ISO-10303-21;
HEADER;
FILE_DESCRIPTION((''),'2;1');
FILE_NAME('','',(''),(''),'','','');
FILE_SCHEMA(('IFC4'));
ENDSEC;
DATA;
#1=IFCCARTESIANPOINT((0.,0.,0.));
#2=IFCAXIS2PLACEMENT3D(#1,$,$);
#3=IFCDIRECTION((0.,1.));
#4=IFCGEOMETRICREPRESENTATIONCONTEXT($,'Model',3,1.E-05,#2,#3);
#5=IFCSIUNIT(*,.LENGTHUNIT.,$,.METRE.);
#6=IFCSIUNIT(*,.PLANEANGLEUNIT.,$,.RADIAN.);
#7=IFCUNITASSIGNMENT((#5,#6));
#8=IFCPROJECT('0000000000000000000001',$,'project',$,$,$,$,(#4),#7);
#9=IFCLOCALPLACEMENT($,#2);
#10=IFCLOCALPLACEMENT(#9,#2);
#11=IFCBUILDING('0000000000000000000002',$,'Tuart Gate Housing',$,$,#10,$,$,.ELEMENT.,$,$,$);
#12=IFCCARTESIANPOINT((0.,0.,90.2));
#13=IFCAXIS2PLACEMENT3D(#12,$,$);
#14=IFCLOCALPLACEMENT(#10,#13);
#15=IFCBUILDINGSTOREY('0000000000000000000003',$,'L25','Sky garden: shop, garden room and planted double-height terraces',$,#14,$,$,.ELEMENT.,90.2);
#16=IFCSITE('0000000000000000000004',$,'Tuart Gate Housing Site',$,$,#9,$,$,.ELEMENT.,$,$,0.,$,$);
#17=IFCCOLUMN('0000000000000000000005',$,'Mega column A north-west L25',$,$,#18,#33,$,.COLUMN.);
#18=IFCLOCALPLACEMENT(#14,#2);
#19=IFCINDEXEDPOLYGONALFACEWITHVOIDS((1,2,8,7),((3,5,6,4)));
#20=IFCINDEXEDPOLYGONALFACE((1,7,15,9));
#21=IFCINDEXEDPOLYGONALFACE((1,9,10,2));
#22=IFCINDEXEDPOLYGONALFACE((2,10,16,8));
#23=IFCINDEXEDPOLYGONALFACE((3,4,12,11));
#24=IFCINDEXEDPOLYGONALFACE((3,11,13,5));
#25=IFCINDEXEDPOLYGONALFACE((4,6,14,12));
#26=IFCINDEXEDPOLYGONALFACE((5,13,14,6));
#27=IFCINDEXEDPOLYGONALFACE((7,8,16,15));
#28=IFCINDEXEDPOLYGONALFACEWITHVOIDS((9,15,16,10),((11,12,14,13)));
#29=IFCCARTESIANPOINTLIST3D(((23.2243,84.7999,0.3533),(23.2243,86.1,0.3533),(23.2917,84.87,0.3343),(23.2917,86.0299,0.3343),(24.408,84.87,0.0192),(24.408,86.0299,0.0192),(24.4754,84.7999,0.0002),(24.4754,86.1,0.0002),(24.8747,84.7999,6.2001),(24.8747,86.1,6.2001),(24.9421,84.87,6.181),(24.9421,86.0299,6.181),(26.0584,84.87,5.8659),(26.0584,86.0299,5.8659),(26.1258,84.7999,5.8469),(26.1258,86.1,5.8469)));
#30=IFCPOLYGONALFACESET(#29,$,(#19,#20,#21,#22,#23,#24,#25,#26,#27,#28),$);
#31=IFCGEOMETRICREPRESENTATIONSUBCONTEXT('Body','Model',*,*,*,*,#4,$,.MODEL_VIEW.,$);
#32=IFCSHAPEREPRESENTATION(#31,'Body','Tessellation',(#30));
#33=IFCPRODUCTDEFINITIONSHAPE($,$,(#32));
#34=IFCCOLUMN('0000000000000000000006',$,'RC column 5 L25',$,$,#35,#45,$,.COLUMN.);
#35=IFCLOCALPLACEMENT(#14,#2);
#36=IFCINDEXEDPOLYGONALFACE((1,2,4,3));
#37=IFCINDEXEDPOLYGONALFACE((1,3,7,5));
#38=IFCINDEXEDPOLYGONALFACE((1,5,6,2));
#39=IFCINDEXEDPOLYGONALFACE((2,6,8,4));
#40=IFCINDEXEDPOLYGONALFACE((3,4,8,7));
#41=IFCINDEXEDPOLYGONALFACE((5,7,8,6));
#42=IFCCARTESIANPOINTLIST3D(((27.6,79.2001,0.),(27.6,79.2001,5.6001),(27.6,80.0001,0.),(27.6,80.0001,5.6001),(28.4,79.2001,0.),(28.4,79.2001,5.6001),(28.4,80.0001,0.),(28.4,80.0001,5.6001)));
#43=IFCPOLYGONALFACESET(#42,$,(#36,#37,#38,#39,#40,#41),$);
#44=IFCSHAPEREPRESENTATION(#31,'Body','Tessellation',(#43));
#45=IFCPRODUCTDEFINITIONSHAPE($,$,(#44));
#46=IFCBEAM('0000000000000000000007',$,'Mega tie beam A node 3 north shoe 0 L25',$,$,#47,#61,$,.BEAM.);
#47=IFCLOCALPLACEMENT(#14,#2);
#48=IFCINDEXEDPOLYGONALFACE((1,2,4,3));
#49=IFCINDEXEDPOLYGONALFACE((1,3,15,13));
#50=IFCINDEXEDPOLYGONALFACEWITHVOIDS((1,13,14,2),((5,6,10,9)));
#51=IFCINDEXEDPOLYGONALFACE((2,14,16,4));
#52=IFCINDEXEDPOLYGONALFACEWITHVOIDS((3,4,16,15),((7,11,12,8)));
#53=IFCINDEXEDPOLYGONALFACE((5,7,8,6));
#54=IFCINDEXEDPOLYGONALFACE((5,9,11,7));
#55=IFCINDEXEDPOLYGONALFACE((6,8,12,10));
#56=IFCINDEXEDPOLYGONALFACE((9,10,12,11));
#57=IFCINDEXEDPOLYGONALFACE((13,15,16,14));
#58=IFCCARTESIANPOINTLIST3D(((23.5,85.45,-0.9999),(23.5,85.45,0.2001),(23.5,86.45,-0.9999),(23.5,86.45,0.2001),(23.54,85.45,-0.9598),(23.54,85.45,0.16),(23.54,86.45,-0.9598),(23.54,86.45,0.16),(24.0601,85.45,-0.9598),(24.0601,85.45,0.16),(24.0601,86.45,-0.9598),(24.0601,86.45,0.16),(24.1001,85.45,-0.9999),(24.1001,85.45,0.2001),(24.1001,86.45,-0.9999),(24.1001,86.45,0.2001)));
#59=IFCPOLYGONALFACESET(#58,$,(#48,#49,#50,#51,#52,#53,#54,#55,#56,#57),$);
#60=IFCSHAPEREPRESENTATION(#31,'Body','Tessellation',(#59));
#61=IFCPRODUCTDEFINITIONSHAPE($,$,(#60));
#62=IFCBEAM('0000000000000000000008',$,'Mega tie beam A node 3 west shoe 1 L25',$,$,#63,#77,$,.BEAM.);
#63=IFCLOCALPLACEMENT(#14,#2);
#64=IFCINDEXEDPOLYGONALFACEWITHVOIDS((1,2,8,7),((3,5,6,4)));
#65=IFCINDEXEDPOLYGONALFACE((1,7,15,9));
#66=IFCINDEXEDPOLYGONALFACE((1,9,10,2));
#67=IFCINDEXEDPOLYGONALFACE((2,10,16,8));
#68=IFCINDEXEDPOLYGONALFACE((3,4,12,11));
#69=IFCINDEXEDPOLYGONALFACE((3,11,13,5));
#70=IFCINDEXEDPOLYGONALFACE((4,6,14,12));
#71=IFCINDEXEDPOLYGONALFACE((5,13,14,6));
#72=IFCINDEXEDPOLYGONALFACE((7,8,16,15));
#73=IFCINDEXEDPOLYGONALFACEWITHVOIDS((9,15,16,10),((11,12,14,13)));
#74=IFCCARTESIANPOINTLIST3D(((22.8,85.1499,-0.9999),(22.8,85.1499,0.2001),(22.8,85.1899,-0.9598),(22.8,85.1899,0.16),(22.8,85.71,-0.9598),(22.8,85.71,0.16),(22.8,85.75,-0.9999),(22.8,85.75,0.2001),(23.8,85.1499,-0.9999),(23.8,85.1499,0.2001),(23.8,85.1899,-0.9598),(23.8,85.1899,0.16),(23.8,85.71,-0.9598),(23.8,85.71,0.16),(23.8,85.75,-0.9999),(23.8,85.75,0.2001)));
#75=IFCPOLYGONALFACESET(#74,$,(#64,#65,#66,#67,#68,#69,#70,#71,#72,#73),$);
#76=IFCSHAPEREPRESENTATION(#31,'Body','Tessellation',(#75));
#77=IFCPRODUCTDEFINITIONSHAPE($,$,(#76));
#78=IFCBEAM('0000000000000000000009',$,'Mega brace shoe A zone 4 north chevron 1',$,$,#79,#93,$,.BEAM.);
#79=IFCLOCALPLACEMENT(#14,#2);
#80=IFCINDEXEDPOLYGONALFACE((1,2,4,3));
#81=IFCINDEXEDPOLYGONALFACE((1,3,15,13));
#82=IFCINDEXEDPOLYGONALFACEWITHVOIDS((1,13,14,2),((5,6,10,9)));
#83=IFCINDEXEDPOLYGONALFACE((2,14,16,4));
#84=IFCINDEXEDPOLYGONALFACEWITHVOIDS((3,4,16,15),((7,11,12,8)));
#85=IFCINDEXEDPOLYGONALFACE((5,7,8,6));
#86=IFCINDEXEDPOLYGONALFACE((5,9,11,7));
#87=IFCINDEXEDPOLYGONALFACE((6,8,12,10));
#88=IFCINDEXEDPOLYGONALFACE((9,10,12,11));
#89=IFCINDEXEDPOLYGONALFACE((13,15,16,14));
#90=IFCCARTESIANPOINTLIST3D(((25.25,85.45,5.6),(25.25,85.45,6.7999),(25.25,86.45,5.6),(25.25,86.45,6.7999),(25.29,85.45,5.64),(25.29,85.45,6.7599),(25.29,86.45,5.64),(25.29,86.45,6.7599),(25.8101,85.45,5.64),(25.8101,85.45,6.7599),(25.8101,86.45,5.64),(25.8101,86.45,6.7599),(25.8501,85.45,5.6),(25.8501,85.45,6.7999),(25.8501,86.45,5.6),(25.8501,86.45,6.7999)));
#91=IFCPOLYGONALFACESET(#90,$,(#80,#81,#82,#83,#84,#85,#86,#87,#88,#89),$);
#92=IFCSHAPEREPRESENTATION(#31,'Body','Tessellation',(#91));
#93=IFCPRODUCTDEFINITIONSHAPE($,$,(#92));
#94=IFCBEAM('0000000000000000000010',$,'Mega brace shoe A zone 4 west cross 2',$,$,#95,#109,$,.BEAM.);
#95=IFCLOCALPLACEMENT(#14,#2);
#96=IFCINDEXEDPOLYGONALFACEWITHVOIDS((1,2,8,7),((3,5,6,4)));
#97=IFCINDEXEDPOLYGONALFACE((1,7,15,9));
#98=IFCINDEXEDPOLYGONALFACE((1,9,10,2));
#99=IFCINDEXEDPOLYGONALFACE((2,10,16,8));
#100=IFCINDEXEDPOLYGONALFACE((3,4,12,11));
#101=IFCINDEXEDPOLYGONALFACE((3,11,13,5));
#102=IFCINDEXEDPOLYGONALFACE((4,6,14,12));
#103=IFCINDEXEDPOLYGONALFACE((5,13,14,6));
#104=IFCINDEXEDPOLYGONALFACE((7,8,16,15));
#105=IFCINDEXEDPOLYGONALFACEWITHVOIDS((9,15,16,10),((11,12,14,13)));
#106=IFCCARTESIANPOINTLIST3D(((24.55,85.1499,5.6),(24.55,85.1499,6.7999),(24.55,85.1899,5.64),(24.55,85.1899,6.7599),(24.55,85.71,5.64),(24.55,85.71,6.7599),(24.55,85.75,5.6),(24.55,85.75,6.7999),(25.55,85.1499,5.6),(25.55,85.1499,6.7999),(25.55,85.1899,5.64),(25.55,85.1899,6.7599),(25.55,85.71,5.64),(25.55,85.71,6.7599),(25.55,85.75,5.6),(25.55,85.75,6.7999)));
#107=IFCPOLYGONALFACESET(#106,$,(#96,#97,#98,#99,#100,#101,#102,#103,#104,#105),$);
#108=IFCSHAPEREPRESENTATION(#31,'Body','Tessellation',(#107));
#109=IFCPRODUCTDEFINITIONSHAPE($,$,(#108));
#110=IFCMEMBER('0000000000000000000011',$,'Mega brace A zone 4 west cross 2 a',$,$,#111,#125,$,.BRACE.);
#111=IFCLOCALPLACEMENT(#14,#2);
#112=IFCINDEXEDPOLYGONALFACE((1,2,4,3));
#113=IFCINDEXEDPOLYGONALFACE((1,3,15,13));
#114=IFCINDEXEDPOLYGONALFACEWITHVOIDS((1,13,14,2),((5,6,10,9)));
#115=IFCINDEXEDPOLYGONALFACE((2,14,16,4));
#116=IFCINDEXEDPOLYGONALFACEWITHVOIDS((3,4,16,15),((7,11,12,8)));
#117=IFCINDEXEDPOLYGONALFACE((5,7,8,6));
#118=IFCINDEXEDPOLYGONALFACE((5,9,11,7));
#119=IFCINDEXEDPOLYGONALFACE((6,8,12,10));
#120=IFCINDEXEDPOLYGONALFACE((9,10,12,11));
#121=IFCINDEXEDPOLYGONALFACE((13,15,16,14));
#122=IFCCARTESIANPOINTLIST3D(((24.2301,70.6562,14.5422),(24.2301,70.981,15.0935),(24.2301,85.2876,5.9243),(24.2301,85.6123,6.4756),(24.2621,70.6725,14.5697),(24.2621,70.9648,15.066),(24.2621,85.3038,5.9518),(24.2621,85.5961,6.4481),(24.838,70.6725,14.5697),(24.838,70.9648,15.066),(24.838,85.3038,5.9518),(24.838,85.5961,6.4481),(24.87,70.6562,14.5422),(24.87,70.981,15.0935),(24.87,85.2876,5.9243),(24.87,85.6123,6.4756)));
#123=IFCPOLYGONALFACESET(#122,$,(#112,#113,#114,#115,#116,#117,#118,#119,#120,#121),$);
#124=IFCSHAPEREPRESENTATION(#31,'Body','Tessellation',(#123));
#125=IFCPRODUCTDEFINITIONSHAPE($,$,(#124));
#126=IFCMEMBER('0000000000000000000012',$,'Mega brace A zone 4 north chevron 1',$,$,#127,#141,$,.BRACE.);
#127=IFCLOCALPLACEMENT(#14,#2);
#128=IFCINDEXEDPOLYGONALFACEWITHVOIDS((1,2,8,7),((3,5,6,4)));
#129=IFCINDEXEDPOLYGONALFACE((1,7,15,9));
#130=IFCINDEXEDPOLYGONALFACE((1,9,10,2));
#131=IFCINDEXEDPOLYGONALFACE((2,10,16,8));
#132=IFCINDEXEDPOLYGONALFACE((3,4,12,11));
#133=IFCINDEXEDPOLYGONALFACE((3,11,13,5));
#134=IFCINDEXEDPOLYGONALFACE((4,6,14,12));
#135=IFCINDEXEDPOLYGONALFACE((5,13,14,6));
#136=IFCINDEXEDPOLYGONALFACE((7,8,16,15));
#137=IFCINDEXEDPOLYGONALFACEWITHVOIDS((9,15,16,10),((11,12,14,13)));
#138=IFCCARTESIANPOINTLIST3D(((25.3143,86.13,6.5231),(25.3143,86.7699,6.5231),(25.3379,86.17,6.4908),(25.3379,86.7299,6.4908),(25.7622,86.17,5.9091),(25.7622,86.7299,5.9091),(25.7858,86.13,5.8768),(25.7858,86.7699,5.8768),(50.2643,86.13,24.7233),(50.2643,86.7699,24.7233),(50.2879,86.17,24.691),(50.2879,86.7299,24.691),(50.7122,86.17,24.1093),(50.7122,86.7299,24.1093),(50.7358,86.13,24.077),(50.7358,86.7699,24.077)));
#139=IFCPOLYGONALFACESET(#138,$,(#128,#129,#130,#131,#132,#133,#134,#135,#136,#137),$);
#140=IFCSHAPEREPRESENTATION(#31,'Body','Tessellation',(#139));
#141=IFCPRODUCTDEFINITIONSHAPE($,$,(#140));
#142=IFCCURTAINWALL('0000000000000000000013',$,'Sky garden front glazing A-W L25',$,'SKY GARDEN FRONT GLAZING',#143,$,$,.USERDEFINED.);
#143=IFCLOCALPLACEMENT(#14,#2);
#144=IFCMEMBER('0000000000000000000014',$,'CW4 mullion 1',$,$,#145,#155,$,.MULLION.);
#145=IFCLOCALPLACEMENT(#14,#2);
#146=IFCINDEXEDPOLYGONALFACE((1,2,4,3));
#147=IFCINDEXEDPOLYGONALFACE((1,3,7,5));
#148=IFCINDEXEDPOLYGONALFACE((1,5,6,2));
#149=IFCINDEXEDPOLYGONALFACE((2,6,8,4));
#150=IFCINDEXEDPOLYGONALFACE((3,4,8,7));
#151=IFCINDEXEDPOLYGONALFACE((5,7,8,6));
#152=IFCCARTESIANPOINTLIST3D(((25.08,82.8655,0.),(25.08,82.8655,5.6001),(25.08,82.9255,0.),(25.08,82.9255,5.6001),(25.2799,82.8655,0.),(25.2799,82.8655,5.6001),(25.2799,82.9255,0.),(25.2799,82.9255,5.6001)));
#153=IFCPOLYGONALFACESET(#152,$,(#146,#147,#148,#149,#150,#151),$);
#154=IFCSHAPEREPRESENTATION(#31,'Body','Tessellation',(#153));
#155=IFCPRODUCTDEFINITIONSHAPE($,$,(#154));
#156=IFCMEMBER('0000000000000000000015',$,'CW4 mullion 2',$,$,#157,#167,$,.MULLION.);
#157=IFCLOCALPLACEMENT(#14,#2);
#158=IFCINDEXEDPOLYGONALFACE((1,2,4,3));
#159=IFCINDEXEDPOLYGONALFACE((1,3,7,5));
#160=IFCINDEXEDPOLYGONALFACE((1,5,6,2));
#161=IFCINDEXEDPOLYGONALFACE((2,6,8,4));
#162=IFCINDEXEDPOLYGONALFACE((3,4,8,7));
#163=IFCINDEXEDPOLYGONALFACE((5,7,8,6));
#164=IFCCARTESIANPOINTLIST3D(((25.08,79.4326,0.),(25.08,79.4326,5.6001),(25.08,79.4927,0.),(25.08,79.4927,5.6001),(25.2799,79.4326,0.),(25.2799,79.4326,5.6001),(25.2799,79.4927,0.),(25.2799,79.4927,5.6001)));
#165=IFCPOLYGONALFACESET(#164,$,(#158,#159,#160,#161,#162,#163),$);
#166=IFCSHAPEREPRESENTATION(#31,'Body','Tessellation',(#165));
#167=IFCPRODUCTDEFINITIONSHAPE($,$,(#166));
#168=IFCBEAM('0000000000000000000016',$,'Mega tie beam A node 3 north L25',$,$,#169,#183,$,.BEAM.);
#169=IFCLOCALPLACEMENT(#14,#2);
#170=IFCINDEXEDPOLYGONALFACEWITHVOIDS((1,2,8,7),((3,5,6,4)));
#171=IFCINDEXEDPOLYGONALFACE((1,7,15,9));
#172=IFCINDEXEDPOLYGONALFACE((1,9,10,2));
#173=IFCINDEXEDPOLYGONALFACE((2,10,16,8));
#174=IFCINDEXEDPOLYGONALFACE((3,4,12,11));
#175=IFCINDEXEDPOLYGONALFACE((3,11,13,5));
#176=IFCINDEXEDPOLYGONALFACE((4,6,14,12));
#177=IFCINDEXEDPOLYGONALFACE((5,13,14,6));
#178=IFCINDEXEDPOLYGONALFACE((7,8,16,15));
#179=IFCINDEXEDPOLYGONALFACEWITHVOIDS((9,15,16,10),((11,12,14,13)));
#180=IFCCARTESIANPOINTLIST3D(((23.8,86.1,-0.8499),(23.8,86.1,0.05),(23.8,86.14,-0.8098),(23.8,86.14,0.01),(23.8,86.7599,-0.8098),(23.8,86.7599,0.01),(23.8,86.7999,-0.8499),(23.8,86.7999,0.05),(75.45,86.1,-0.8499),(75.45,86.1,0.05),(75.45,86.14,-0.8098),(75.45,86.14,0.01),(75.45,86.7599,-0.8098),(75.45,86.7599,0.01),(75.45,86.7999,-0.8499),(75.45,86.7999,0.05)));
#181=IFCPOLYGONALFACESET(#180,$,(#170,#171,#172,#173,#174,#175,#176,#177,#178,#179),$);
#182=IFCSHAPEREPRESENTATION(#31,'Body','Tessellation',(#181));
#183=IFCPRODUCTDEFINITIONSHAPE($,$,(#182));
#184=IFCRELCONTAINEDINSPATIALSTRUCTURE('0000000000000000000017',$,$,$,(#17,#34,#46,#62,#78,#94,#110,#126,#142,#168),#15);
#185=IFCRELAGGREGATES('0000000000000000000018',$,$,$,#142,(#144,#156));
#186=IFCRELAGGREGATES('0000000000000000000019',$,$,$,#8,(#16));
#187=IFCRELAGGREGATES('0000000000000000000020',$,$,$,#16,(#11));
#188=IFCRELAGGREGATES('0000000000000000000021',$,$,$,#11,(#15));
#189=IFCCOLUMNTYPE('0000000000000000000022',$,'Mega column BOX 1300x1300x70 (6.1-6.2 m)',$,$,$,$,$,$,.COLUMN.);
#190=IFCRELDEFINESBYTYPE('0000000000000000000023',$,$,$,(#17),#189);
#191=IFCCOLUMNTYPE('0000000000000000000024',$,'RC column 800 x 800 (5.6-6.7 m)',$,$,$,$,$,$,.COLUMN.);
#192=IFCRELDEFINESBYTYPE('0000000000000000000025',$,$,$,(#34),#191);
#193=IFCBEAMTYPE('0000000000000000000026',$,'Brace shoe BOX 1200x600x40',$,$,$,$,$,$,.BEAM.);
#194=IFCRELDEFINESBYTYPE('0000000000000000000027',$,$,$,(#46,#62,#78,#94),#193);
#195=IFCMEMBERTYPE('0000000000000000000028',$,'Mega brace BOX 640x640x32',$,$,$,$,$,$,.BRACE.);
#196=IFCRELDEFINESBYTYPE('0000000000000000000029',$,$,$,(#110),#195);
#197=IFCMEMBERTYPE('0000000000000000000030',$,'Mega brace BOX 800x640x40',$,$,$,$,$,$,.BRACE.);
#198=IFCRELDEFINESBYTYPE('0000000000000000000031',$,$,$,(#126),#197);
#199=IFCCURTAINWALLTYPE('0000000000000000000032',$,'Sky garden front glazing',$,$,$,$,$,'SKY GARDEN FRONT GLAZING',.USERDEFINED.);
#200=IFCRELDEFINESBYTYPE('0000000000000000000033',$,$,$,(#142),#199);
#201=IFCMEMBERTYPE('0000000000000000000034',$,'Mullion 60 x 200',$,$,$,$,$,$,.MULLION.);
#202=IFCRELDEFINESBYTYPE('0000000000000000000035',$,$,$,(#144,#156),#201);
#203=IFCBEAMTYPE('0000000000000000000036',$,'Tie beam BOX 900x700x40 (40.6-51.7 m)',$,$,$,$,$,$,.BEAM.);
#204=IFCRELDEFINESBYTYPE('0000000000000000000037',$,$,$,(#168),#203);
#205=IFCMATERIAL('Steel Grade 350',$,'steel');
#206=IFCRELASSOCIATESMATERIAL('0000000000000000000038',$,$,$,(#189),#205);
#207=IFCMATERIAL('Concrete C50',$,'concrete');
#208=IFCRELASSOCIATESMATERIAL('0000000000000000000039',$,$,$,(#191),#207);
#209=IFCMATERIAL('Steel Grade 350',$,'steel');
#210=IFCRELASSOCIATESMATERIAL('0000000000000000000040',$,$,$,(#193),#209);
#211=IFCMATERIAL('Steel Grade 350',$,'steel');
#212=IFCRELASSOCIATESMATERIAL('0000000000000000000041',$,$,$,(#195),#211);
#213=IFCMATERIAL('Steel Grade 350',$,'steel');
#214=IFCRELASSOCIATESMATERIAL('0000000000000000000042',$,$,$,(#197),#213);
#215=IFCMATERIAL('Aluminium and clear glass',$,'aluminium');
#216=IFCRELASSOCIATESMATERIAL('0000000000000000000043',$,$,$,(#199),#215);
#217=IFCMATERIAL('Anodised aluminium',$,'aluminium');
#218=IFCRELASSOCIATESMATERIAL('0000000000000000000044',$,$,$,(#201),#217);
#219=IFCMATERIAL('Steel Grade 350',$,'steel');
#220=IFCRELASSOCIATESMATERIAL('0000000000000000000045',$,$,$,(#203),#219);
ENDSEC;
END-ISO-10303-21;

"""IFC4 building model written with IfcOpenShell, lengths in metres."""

from ifc_helpers import new_model, si_unit, direction, frame, origin, origin_2d, place, context, subcontext, project, spatial, rectangle, hollow_rectangle, extrude, material, material_profile, profile_set, type_object, element, aggregate, save


model = new_model("IFC4")

# Units and contexts
model_context = context("Model", 3, precision=1e-05, world=origin(), true_north=direction((0.0, 1.0)))
body_context = subcontext(model_context, "Body", "Model", "MODEL_VIEW")
ifc_project = project(units=[si_unit("LENGTHUNIT", "METRE"), si_unit("PLANEANGLEUNIT", "RADIAN")], contexts=[model_context])

# Site, building, storey
site_placement = place(None, origin())
site = spatial("IfcSite", under=ifc_project, at=site_placement, Name="Tuart Gate Housing Site", CompositionType="ELEMENT", RefElevation=0.0)
building_placement = place(site_placement, origin())
building = spatial("IfcBuilding", under=site, at=building_placement, Name="Tuart Gate Housing", CompositionType="ELEMENT")
storey_placement = place(building_placement, frame((0.0, 0.0, 90.2)))
storey = spatial("IfcBuildingStorey", under=building, at=storey_placement, Name="L25", Description="Sky garden: shop, garden room and planted double-height terraces", CompositionType="ELEMENT", Elevation=90.2)

# Columns
ifc_material_1 = material(Name="Steel Grade 350", Category="steel")
ifc_material_profile_1 = material_profile(ifc_material_1, hollow_rectangle(XDim=1.3, YDim=1.3, WallThickness=0.0701, at=origin_2d()), Name="BOX 1300x1300x70")
ifc_profile_set_1 = profile_set([ifc_material_profile_1], Name="Steel Grade 350")
column_type_1 = type_object("IfcColumnType", Name="Mega column BOX 1300x1300x70 (6.1-6.2 m)", PredefinedType="COLUMN", material=ifc_profile_set_1)
column_1_placement = place(storey_placement, frame((23.8499, 85.45, 0.1768), z_axis=(0.271663, 0.0, 0.962393), x_axis=(0.0, 1.0, 0.0)))
element("IfcColumn", 1, at=column_1_placement, inside=storey, type_object=column_type_1, Name="Mega column A north-west L25", PredefinedType="COLUMN", context=body_context, shape_type="SweptSolid", body=[
    extrude(hollow_rectangle(XDim=1.3, YDim=1.3, WallThickness=0.0701, at=origin_2d()), origin(), (0.0, 0.0, 1.0), 6.0752),
])
ifc_material_2 = material(Name="Concrete C50", Category="concrete")
ifc_material_profile_2 = material_profile(ifc_material_2, rectangle(XDim=0.8, YDim=0.8, at=origin_2d()), Name="RC column 800 x 800 (5.6-6.7 m)")
ifc_profile_set_2 = profile_set([ifc_material_profile_2], Name="Concrete C50")
column_type_2 = type_object("IfcColumnType", Name="RC column 800 x 800 (5.6-6.7 m)", PredefinedType="COLUMN", material=ifc_profile_set_2)
column_2_placement = place(storey_placement, frame((28.0, 79.6001, 0.0), z_axis=(0.0, 0.0, 1.0), x_axis=(1.0, 0.0, 0.0)))
element("IfcColumn", 2, at=column_2_placement, inside=storey, type_object=column_type_2, Name="RC column 5 L25", PredefinedType="COLUMN", context=body_context, shape_type="SweptSolid", body=[
    extrude(rectangle(XDim=0.8, YDim=0.8, at=origin_2d()), origin(), (0.0, 0.0, 1.0), 5.6001),
])

# Beams
ifc_material_3 = material(Name="Steel Grade 350", Category="steel")
ifc_material_profile_3 = material_profile(ifc_material_3, hollow_rectangle(XDim=0.6001, YDim=1.2, WallThickness=0.04, at=origin_2d()), Name="BOX 1200x600x40")
ifc_profile_set_3 = profile_set([ifc_material_profile_3], Name="Steel Grade 350")
beam_type_1 = type_object("IfcBeamType", Name="Brace shoe BOX 1200x600x40", PredefinedType="BEAM", material=ifc_profile_set_3)
for number, where, z_axis, x_axis, name in (
    (3, (23.8, 85.45, -0.3999), (0.0, 1.0, 0.0), (-1.0, 0.0, 0.0), "Mega tie beam A node 3 north shoe 0 L25"),
    (4, (23.8, 85.45, -0.3999), (-1.0, 0.0, 0.0), (0.0, -1.0, 0.0), "Mega tie beam A node 3 west shoe 1 L25"),
    (5, (25.55, 85.45, 6.2), (0.0, 1.0, 0.0), (-1.0, 0.0, 0.0), "Mega brace shoe A zone 4 north chevron 1"),
    (6, (25.55, 85.45, 6.2), (-1.0, 0.0, 0.0), (0.0, -1.0, 0.0), "Mega brace shoe A zone 4 west cross 2"),
):
    element("IfcBeam", number, at=place(storey_placement, frame(where, z_axis=z_axis, x_axis=x_axis)), inside=storey, type_object=beam_type_1, Name=name, PredefinedType="BEAM", context=body_context, shape_type="SweptSolid", body=[
        extrude(hollow_rectangle(XDim=0.6001, YDim=1.2, WallThickness=0.04, at=origin_2d()), origin(), (0.0, 0.0, 1.0), 1.0),
    ])

# Members
ifc_material_4 = material(Name="Steel Grade 350", Category="steel")
ifc_material_profile_4 = material_profile(ifc_material_4, hollow_rectangle(XDim=0.6399, YDim=0.6399, WallThickness=0.032, at=origin_2d()), Name="BOX 640x640x32")
ifc_profile_set_4 = profile_set([ifc_material_profile_4], Name="Steel Grade 350")
member_type_1 = type_object("IfcMemberType", Name="Mega brace BOX 640x640x32", PredefinedType="BRACE", material=ifc_profile_set_4)
member_1_placement = place(storey_placement, frame((24.55, 85.45, 6.2), z_axis=(0.0, -0.861645, 0.507512), x_axis=(1.0, 0.0, 0.0)))
element("IfcMember", 7, at=member_1_placement, inside=storey, type_object=member_type_1, Name="Mega brace A zone 4 west cross 2 a", PredefinedType="BRACE", context=body_context, shape_type="SweptSolid", body=[
    extrude(hollow_rectangle(XDim=0.6399, YDim=0.6399, WallThickness=0.032, at=origin_2d()), origin(), (0.0, 0.0, 1.0), 16.9807),
])
ifc_material_5 = material(Name="Steel Grade 350", Category="steel")
ifc_material_profile_5 = material_profile(ifc_material_5, hollow_rectangle(XDim=0.6399, YDim=0.8, WallThickness=0.04, at=origin_2d()), Name="BOX 800x640x40")
ifc_profile_set_5 = profile_set([ifc_material_profile_5], Name="Steel Grade 350")
member_type_2 = type_object("IfcMemberType", Name="Mega brace BOX 800x640x40", PredefinedType="BRACE", material=ifc_profile_set_5)
member_2_placement = place(storey_placement, frame((25.55, 86.45, 6.2), z_axis=(0.807892, 0.0, 0.589331), x_axis=(0.0, 1.0, 0.0)))
element("IfcMember", 8, at=member_2_placement, inside=storey, type_object=member_type_2, Name="Mega brace A zone 4 north chevron 1", PredefinedType="BRACE", context=body_context, shape_type="SweptSolid", body=[
    extrude(hollow_rectangle(XDim=0.6399, YDim=0.8, WallThickness=0.04, at=origin_2d()), origin(), (0.0, 0.0, 1.0), 30.8828),
])

# Curtain wall, members
ifc_material_6 = material(Name="Aluminium and clear glass", Category="aluminium")
curtain_wall_type = type_object("IfcCurtainWallType", Name="Sky garden front glazing", ElementType="SKY GARDEN FRONT GLAZING", PredefinedType="USERDEFINED", material=ifc_material_6)
curtain_wall_placement = place(storey_placement, origin())
curtain_wall = element("IfcCurtainWall", 9, at=curtain_wall_placement, inside=storey, type_object=curtain_wall_type, Name="Sky garden front glazing A-W L25", ObjectType="SKY GARDEN FRONT GLAZING", PredefinedType="USERDEFINED")
ifc_material_7 = material(Name="Anodised aluminium", Category="aluminium")
ifc_material_profile_6 = material_profile(ifc_material_7, rectangle(XDim=0.0601, YDim=0.2, at=origin_2d()), Name="60x200")
ifc_profile_set_6 = profile_set([ifc_material_profile_6], Name="Anodised aluminium")
member_type_3 = type_object("IfcMemberType", Name="Mullion 60 x 200", PredefinedType="MULLION", material=ifc_profile_set_6)
member_3_placement = place(storey_placement, frame((25.1799, 82.8955, 0.0), z_axis=(0.0, 0.0, 1.0), x_axis=(0.0, -1.0, 0.0)))
member_3 = element("IfcMember", 10, at=member_3_placement, type_object=member_type_3, Name="CW4 mullion 1", PredefinedType="MULLION", context=body_context, shape_type="SweptSolid", body=[
    extrude(rectangle(XDim=0.0601, YDim=0.2, at=origin_2d()), origin(), (0.0, 0.0, 1.0), 5.6001),
])
member_4_placement = place(storey_placement, frame((25.1799, 79.4626, 0.0), z_axis=(0.0, 0.0, 1.0), x_axis=(0.0, -1.0, 0.0)))
member_4 = element("IfcMember", 11, at=member_4_placement, type_object=member_type_3, Name="CW4 mullion 2", PredefinedType="MULLION", context=body_context, shape_type="SweptSolid", body=[
    extrude(rectangle(XDim=0.0601, YDim=0.2, at=origin_2d()), origin(), (0.0, 0.0, 1.0), 5.6001),
])

# Beam
ifc_material_8 = material(Name="Steel Grade 350", Category="steel")
ifc_material_profile_7 = material_profile(ifc_material_8, hollow_rectangle(XDim=0.7, YDim=0.8999, WallThickness=0.04, at=origin_2d()), Name="BOX 900x700x40")
ifc_profile_set_7 = profile_set([ifc_material_profile_7], Name="Steel Grade 350")
beam_type_2 = type_object("IfcBeamType", Name="Tie beam BOX 900x700x40 (40.6-51.7 m)", PredefinedType="BEAM", material=ifc_profile_set_7)
beam_placement = place(storey_placement, frame((23.8, 86.45, -0.3999), z_axis=(1.0, 0.0, 0.0), x_axis=(0.0, 1.0, 0.0)))
element("IfcBeam", 12, at=beam_placement, inside=storey, type_object=beam_type_2, Name="Mega tie beam A node 3 north L25", PredefinedType="BEAM", context=body_context, shape_type="SweptSolid", body=[
    extrude(hollow_rectangle(XDim=0.7, YDim=0.8999, WallThickness=0.04, at=origin_2d()), origin(), (0.0, 0.0, 1.0), 51.6499),
])

aggregate(curtain_wall, [member_3, member_4])

save(model, "model.ifc")
